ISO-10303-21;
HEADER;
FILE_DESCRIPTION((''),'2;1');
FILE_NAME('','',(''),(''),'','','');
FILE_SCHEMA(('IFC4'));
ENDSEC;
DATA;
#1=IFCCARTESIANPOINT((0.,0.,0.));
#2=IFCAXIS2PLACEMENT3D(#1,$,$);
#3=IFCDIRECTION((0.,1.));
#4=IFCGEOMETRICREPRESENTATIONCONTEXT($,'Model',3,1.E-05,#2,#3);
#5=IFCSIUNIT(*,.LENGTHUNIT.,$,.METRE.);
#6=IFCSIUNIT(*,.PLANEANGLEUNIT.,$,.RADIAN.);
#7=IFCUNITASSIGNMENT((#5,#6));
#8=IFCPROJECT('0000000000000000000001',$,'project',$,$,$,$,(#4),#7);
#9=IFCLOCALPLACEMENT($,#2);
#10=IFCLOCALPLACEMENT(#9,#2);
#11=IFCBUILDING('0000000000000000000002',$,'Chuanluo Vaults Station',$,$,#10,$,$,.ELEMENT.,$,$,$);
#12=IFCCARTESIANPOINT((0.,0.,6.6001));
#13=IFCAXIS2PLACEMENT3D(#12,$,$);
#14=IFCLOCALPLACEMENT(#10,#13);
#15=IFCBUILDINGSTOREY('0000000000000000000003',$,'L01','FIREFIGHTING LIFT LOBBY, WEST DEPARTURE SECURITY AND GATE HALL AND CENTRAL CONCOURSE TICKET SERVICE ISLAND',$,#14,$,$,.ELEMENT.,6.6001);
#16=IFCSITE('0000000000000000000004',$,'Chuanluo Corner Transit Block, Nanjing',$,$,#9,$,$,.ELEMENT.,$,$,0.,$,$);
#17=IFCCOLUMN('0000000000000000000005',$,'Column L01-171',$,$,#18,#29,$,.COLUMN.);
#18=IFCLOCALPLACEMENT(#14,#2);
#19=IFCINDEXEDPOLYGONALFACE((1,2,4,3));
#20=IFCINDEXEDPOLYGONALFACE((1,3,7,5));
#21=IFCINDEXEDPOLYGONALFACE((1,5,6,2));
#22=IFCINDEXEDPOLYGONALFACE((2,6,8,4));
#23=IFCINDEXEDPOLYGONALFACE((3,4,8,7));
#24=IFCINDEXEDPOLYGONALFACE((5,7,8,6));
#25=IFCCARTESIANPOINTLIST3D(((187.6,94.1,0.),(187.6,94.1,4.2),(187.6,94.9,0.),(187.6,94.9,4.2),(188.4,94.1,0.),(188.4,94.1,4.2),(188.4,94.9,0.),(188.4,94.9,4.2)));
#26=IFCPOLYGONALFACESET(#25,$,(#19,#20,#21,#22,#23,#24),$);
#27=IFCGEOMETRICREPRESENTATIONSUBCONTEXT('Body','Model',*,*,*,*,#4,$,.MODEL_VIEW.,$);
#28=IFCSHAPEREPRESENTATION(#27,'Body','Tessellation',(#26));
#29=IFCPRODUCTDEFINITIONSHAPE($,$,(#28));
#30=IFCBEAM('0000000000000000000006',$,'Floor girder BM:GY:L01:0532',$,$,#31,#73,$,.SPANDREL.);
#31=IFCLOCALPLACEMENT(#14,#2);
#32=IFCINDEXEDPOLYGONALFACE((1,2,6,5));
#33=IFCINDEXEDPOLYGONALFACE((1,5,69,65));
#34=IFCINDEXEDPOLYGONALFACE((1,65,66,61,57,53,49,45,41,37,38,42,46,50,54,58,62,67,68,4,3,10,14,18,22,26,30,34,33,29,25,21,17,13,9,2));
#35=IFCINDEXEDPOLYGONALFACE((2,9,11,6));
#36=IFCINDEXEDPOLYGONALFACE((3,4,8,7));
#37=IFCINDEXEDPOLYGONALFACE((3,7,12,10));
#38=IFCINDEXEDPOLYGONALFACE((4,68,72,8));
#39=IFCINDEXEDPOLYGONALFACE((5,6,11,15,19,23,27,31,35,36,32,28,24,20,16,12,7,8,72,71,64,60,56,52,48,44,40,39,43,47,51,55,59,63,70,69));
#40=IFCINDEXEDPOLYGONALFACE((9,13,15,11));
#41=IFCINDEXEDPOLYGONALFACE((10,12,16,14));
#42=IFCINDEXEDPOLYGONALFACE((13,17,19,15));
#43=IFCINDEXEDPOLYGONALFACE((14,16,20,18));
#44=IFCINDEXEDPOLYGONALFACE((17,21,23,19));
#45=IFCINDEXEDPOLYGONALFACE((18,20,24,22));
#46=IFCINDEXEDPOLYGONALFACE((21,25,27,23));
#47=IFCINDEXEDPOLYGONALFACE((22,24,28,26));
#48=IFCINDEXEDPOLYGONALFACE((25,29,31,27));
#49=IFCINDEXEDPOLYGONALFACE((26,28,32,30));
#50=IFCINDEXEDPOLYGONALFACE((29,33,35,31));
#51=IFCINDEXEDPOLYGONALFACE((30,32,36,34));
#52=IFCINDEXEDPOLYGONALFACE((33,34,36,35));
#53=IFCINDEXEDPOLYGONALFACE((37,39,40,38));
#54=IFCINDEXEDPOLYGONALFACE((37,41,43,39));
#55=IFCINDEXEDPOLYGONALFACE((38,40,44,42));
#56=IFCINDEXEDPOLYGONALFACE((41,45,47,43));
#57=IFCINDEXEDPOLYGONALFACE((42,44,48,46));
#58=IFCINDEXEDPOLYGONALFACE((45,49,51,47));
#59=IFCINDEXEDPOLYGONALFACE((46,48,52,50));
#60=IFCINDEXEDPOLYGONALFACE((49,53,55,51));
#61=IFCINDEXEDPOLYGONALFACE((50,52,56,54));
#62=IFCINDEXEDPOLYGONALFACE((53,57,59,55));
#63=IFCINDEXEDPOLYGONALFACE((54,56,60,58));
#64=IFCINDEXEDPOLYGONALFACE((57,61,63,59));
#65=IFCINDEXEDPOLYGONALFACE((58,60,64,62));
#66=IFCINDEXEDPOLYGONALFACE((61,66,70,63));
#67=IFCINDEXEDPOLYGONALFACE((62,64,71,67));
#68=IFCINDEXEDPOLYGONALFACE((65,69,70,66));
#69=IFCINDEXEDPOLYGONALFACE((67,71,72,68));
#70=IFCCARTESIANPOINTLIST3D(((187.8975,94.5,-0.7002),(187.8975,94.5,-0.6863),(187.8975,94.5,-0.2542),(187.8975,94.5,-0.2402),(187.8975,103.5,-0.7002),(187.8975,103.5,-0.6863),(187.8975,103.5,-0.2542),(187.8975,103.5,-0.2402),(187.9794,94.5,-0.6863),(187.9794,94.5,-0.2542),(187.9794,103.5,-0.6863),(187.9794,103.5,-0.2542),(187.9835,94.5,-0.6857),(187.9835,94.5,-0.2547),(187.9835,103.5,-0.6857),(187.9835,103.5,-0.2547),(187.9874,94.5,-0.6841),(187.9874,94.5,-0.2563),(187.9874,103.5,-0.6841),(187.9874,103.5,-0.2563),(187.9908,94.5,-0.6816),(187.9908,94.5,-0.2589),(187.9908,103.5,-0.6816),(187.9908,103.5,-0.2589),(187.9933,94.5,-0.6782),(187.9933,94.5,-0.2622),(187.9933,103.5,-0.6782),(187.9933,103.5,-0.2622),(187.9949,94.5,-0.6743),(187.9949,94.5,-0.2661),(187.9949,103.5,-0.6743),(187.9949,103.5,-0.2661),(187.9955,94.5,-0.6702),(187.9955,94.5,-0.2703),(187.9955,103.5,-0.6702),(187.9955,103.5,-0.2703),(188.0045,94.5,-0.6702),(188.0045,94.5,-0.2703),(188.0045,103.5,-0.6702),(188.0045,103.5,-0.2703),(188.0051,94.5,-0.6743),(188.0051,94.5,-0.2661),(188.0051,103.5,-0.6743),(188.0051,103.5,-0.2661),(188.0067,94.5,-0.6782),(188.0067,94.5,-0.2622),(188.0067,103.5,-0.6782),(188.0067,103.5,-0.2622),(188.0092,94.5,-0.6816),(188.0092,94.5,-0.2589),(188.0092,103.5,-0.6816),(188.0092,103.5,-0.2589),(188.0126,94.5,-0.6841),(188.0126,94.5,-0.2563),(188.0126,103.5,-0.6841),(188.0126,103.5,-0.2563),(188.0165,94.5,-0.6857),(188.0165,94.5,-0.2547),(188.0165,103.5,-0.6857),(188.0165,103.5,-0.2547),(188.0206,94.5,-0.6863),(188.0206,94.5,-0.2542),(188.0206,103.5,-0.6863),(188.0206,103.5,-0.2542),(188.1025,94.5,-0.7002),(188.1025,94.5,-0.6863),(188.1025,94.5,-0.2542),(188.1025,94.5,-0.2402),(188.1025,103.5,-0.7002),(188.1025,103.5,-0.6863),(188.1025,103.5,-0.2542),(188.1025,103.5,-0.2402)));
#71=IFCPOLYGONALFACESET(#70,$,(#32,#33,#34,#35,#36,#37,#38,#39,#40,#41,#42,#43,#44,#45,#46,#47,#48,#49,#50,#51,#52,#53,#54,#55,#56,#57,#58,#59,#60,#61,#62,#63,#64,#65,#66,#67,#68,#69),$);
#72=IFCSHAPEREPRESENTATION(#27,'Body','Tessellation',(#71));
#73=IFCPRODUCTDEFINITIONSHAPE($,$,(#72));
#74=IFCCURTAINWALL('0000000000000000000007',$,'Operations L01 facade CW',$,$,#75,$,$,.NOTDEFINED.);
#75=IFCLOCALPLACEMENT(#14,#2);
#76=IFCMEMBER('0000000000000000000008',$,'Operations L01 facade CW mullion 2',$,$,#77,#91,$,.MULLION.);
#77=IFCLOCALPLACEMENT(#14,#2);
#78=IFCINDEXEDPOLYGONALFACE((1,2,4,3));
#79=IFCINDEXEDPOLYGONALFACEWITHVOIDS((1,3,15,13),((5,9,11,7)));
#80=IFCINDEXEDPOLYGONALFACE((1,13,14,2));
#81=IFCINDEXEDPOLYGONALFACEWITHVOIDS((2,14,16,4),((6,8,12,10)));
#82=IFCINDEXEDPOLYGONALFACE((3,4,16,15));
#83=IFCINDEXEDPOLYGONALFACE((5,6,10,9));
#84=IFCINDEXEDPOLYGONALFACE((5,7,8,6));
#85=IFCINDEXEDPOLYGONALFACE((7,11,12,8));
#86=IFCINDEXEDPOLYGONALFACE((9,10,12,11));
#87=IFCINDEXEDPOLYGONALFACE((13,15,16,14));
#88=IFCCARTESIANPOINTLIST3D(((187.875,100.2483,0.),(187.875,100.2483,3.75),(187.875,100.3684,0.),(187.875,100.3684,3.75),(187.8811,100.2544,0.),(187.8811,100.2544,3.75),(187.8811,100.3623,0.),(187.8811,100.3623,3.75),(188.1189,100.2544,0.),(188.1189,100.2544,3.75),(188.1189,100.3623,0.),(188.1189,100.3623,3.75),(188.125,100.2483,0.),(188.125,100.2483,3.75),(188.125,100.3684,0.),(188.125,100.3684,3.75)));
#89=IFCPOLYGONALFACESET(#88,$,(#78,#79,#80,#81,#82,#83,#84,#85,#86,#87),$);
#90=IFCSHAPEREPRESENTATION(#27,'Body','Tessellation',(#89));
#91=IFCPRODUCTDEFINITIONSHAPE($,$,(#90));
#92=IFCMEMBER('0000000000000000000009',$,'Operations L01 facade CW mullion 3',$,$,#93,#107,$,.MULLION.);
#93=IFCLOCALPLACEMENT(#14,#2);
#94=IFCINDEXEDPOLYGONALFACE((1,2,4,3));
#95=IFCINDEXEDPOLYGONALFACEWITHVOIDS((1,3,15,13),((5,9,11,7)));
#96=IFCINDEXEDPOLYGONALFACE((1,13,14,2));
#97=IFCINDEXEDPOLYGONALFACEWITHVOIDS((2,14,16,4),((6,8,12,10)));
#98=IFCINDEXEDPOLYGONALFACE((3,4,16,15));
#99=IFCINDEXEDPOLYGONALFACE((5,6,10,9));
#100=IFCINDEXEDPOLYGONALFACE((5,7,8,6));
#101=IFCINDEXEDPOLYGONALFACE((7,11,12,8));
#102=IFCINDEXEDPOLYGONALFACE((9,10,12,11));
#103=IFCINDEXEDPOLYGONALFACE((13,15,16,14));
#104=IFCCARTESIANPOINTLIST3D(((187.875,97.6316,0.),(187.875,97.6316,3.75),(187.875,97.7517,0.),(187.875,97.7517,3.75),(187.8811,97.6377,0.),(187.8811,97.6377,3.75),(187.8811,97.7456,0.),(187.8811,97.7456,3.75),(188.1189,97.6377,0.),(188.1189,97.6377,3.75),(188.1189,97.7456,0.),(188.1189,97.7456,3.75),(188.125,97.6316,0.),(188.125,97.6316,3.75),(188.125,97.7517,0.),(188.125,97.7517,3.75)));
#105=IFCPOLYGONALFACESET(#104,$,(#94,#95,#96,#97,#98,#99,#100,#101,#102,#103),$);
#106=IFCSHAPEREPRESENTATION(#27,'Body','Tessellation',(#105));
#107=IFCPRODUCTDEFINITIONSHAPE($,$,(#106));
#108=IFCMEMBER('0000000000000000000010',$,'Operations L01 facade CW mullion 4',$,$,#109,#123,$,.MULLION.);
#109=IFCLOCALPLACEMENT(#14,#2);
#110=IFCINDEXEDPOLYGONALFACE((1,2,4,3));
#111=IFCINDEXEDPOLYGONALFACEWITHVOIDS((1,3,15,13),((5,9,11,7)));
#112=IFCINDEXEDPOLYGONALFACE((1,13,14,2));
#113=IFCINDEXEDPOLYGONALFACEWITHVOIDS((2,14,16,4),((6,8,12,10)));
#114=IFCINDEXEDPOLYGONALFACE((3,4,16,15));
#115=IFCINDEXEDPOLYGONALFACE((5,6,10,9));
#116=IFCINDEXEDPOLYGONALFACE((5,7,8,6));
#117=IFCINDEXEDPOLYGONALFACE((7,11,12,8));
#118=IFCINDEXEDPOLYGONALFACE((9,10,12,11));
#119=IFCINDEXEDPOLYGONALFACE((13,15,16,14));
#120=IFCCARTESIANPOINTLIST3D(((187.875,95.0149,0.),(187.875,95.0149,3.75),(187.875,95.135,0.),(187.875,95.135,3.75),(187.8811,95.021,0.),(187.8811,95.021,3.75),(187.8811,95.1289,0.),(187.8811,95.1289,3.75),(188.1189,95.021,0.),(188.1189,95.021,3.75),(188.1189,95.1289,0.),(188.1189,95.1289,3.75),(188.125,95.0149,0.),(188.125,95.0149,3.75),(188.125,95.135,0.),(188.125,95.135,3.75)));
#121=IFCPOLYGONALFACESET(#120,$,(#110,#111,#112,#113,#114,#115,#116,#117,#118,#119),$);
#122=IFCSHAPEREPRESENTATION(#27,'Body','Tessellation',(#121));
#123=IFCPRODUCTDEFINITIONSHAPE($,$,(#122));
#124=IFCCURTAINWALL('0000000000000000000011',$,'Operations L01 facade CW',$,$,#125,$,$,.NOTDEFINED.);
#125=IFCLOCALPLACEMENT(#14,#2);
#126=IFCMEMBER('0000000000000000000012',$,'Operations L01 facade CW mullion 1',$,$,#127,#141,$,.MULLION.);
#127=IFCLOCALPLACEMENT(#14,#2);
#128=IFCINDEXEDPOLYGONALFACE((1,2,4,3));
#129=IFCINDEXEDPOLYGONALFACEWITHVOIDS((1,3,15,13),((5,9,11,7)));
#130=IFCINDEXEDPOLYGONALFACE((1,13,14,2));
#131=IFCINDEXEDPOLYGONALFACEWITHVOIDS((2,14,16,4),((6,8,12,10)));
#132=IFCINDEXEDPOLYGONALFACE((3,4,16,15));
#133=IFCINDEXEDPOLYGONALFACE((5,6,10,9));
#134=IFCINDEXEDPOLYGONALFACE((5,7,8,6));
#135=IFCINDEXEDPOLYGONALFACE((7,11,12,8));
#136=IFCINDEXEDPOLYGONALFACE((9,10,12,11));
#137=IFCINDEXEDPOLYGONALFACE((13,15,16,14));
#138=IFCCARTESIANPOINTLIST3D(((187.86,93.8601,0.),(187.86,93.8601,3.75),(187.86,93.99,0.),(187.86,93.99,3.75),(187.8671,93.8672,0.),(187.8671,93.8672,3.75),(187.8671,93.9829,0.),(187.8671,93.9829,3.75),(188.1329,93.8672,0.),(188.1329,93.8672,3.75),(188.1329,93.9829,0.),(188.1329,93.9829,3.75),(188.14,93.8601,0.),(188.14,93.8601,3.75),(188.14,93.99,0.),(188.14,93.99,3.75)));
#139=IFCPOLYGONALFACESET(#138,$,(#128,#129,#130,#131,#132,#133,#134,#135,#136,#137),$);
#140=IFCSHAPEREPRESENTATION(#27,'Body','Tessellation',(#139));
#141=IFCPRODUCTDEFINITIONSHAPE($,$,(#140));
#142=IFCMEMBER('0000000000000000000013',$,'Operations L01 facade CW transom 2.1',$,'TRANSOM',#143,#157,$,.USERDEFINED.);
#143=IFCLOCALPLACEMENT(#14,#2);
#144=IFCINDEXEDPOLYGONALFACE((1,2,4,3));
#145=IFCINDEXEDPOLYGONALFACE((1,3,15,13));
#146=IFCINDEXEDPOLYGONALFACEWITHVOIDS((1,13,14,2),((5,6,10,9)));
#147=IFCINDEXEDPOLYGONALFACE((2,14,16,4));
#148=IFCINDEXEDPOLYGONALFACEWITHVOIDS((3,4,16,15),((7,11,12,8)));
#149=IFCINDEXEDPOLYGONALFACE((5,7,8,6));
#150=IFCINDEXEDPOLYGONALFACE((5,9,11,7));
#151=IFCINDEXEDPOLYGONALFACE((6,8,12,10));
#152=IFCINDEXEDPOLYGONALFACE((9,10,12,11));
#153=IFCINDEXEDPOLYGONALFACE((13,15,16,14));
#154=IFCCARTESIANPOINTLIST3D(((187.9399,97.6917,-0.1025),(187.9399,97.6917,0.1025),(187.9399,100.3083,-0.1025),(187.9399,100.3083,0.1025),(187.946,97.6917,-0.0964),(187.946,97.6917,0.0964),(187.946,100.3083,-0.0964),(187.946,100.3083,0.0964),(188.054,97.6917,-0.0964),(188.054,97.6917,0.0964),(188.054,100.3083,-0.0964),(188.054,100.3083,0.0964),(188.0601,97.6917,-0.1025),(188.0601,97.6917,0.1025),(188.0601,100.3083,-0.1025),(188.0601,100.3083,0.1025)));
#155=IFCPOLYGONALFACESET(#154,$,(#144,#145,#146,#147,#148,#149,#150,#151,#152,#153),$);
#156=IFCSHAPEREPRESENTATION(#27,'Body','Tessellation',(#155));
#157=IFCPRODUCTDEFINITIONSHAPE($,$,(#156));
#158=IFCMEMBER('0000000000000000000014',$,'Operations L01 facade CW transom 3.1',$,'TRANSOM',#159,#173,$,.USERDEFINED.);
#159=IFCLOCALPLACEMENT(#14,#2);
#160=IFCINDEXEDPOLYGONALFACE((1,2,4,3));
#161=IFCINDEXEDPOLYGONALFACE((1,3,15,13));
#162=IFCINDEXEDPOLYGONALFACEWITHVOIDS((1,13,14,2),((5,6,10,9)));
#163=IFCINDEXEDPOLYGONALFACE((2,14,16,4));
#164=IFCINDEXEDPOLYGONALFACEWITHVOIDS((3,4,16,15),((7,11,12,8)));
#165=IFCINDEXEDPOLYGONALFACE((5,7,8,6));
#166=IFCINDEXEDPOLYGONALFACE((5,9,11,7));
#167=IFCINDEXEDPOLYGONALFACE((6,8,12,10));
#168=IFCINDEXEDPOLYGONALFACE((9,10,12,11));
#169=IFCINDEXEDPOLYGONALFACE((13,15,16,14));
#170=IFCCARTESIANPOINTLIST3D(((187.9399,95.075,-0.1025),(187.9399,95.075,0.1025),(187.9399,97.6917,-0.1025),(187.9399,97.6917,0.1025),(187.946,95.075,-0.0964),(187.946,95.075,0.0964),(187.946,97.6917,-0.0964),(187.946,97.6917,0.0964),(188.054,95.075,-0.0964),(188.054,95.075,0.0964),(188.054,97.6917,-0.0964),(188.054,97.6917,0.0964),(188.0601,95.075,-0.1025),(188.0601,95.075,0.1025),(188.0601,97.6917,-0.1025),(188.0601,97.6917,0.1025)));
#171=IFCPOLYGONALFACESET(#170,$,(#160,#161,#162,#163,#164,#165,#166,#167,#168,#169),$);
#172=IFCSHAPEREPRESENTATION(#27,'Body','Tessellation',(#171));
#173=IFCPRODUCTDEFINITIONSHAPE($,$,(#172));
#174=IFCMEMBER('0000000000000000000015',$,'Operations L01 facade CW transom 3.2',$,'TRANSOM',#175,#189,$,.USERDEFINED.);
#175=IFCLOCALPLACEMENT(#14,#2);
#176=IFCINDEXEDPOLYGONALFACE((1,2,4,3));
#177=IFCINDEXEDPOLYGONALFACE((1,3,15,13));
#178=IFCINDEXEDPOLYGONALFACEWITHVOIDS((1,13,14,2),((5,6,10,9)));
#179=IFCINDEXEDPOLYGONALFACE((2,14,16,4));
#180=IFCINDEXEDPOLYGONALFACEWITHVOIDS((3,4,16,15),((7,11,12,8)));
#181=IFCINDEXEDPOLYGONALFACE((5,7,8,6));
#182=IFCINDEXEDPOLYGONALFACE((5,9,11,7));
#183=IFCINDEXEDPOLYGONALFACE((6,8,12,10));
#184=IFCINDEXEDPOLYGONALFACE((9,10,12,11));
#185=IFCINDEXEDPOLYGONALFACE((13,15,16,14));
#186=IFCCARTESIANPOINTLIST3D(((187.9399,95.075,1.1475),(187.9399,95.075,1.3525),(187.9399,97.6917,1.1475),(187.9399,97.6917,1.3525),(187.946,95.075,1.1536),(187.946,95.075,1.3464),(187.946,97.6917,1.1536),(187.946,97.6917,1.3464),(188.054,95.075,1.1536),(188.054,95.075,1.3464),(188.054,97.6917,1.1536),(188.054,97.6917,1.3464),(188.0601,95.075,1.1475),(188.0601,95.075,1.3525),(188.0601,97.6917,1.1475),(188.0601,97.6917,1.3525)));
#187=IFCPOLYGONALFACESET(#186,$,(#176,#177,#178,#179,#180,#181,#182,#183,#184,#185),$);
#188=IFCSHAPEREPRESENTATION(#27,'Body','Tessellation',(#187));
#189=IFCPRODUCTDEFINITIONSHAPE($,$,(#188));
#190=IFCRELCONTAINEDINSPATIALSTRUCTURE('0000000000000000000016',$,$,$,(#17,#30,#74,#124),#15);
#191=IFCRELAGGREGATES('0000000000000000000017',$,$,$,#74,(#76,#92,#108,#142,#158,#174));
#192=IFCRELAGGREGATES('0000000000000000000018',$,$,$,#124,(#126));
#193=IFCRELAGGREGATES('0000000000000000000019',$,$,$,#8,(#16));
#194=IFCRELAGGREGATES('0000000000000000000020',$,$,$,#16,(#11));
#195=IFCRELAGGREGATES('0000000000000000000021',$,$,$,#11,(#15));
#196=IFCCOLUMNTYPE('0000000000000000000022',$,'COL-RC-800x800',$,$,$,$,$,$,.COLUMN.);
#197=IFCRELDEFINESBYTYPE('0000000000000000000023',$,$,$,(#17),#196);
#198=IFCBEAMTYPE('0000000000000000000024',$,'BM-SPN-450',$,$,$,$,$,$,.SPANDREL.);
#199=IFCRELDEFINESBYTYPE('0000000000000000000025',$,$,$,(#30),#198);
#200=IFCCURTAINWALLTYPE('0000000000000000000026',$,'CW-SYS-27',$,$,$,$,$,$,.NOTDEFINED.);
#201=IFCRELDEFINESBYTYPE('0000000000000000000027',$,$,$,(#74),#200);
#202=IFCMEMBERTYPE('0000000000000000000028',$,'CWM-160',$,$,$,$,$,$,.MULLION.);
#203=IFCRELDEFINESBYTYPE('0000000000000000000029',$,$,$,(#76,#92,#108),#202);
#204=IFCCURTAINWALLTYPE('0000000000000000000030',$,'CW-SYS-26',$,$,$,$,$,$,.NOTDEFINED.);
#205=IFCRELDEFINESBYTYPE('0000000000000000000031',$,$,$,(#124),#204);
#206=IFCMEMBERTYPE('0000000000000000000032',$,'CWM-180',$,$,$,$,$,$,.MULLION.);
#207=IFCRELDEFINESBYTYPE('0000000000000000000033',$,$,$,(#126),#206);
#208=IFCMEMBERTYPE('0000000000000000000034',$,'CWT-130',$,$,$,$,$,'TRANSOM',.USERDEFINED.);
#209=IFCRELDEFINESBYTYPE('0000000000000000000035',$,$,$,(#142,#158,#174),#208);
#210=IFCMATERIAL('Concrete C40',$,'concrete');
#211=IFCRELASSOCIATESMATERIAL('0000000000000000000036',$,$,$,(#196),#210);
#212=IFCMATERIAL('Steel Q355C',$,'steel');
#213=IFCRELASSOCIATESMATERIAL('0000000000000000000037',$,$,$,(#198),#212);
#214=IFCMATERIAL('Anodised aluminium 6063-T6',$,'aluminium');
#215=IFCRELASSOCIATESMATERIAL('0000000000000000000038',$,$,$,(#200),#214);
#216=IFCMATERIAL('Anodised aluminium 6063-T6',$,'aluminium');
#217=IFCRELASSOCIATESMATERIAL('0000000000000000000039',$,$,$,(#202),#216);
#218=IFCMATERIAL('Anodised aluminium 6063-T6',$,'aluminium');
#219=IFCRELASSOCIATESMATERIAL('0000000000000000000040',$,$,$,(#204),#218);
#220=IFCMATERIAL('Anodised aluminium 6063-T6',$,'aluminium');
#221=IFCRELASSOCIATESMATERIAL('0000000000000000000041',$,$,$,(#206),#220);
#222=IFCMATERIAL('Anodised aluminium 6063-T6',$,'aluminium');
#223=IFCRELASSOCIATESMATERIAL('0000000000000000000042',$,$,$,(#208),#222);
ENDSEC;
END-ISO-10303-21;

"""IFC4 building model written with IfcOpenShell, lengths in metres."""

from ifc_helpers import new_model, si_unit, direction, frame, origin, origin_2d, place, context, subcontext, project, spatial, rectangle, hollow_rectangle, i_section, extrude, material, material_profile, profile_set, type_object, element, aggregate, save


model = new_model("IFC4")

# Units and contexts
model_context = context("Model", 3, precision=1e-05, world=origin(), true_north=direction((0.0, 1.0)))
body_context = subcontext(model_context, "Body", "Model", "MODEL_VIEW")
ifc_project = project(units=[si_unit("LENGTHUNIT", "METRE"), si_unit("PLANEANGLEUNIT", "RADIAN")], contexts=[model_context])

# Site, building, storey
site_placement = place(None, origin())
site = spatial("IfcSite", under=ifc_project, at=site_placement, Name="Chuanluo Corner Transit Block, Nanjing", CompositionType="ELEMENT", RefElevation=0.0)
building_placement = place(site_placement, origin())
building = spatial("IfcBuilding", under=site, at=building_placement, Name="Chuanluo Vaults Station", CompositionType="ELEMENT")
storey_placement = place(building_placement, frame((0.0, 0.0, 6.6001)))
storey = spatial("IfcBuildingStorey", under=building, at=storey_placement, Name="L01", Description="FIREFIGHTING LIFT LOBBY, WEST DEPARTURE SECURITY AND GATE HALL AND CENTRAL CONCOURSE TICKET SERVICE ISLAND", CompositionType="ELEMENT", Elevation=6.6001)

# Column
ifc_material_1 = material(Name="Concrete C40", Category="concrete")
ifc_material_profile_1 = material_profile(ifc_material_1, rectangle(XDim=0.8, YDim=0.8, at=origin_2d()))
ifc_profile_set_1 = profile_set([ifc_material_profile_1], Name="Concrete C40")
column_type = type_object("IfcColumnType", Name="COL-RC-800x800", PredefinedType="COLUMN", material=ifc_profile_set_1)
column_placement = place(storey_placement, frame((188.0, 94.5, 0.0), z_axis=(0.0, 0.0, 1.0), x_axis=(1.0, 0.0, 0.0)))
element("IfcColumn", 1, at=column_placement, inside=storey, type_object=column_type, Name="Column L01-171", PredefinedType="COLUMN", context=body_context, shape_type="SweptSolid", body=[
    extrude(rectangle(XDim=0.8, YDim=0.8, at=origin_2d()), origin(), (0.0, 0.0, 1.0), 4.2),
])

# Beam
ifc_material_2 = material(Name="Steel Q355C", Category="steel")
ifc_material_profile_2 = material_profile(ifc_material_2, i_section(OverallWidth=0.2051, OverallDepth=0.46, WebThickness=0.009, FlangeThickness=0.0139, FilletRadius=0.0161, at=origin_2d()))
ifc_profile_set_2 = profile_set([ifc_material_profile_2], Name="Steel Q355C")
beam_type = type_object("IfcBeamType", Name="BM-SPN-450", PredefinedType="SPANDREL", material=ifc_profile_set_2)
beam_placement = place(storey_placement, frame((188.0, 94.5, -0.4702), z_axis=(0.0, 1.0, 0.0), x_axis=(-1.0, 0.0, 0.0)))
element("IfcBeam", 2, at=beam_placement, inside=storey, type_object=beam_type, Name="Floor girder BM:GY:L01:0532", PredefinedType="SPANDREL", context=body_context, shape_type="SweptSolid", body=[
    extrude(i_section(OverallWidth=0.2051, OverallDepth=0.46, WebThickness=0.009, FlangeThickness=0.0139, FilletRadius=0.0161, at=origin_2d()), origin(), (0.0, 0.0, 1.0), 9.0),
])

# Curtain wall, members
ifc_material_3 = material(Name="Anodised aluminium 6063-T6", Category="aluminium")
curtain_wall_type_1 = type_object("IfcCurtainWallType", Name="CW-SYS-27", PredefinedType="NOTDEFINED", material=ifc_material_3)
curtain_wall_1_placement = place(storey_placement, origin())
curtain_wall_1 = element("IfcCurtainWall", 3, at=curtain_wall_1_placement, inside=storey, type_object=curtain_wall_type_1, Name="Operations L01 facade CW", PredefinedType="NOTDEFINED")
ifc_material_4 = material(Name="Anodised aluminium 6063-T6", Category="aluminium")
ifc_material_profile_3 = material_profile(ifc_material_4, hollow_rectangle(XDim=0.1201, YDim=0.25, WallThickness=0.0061, at=origin_2d()))
ifc_profile_set_3 = profile_set([ifc_material_profile_3], Name="Anodised aluminium 6063-T6")
member_type_1 = type_object("IfcMemberType", Name="CWM-160", PredefinedType="MULLION", material=ifc_profile_set_3)
member_1_placement = place(storey_placement, frame((188.0, 100.3083, 0.0), z_axis=(0.0, 0.0, 1.0), x_axis=(0.0, -1.0, 0.0)))
member_1 = element("IfcMember", 4, at=member_1_placement, type_object=member_type_1, Name="Operations L01 facade CW mullion 2", PredefinedType="MULLION", context=body_context, shape_type="SweptSolid", body=[
    extrude(hollow_rectangle(XDim=0.1201, YDim=0.25, WallThickness=0.0061, at=origin_2d()), origin(), (0.0, 0.0, 1.0), 3.75),
])
member_2_placement = place(storey_placement, frame((188.0, 97.6917, 0.0), z_axis=(0.0, 0.0, 1.0), x_axis=(0.0, -1.0, 0.0)))
member_2 = element("IfcMember", 5, at=member_2_placement, type_object=member_type_1, Name="Operations L01 facade CW mullion 3", PredefinedType="MULLION", context=body_context, shape_type="SweptSolid", body=[
    extrude(hollow_rectangle(XDim=0.1201, YDim=0.25, WallThickness=0.0061, at=origin_2d()), origin(), (0.0, 0.0, 1.0), 3.75),
])
member_3_placement = place(storey_placement, frame((188.0, 95.075, 0.0), z_axis=(0.0, 0.0, 1.0), x_axis=(0.0, -1.0, 0.0)))
member_3 = element("IfcMember", 6, at=member_3_placement, type_object=member_type_1, Name="Operations L01 facade CW mullion 4", PredefinedType="MULLION", context=body_context, shape_type="SweptSolid", body=[
    extrude(hollow_rectangle(XDim=0.1201, YDim=0.25, WallThickness=0.0061, at=origin_2d()), origin(), (0.0, 0.0, 1.0), 3.75),
])

# Curtain wall, member
ifc_material_5 = material(Name="Anodised aluminium 6063-T6", Category="aluminium")
curtain_wall_type_2 = type_object("IfcCurtainWallType", Name="CW-SYS-26", PredefinedType="NOTDEFINED", material=ifc_material_5)
curtain_wall_2_placement = place(storey_placement, origin())
curtain_wall_2 = element("IfcCurtainWall", 7, at=curtain_wall_2_placement, inside=storey, type_object=curtain_wall_type_2, Name="Operations L01 facade CW", PredefinedType="NOTDEFINED")
ifc_material_6 = material(Name="Anodised aluminium 6063-T6", Category="aluminium")
ifc_material_profile_4 = material_profile(ifc_material_6, hollow_rectangle(XDim=0.1299, YDim=0.28, WallThickness=0.0071, at=origin_2d()))
ifc_profile_set_4 = profile_set([ifc_material_profile_4], Name="Anodised aluminium 6063-T6")
member_type_2 = type_object("IfcMemberType", Name="CWM-180", PredefinedType="MULLION", material=ifc_profile_set_4)
member_4_placement = place(storey_placement, frame((188.0, 93.925, 0.0), z_axis=(0.0, 0.0, 1.0), x_axis=(0.0, -1.0, 0.0)))
member_4 = element("IfcMember", 8, at=member_4_placement, type_object=member_type_2, Name="Operations L01 facade CW mullion 1", PredefinedType="MULLION", context=body_context, shape_type="SweptSolid", body=[
    extrude(hollow_rectangle(XDim=0.1299, YDim=0.28, WallThickness=0.0071, at=origin_2d()), origin(), (0.0, 0.0, 1.0), 3.75),
])

# Members
ifc_material_7 = material(Name="Anodised aluminium 6063-T6", Category="aluminium")
ifc_material_profile_5 = material_profile(ifc_material_7, hollow_rectangle(XDim=0.1201, YDim=0.2051, WallThickness=0.0061, at=origin_2d()))
ifc_profile_set_5 = profile_set([ifc_material_profile_5], Name="Anodised aluminium 6063-T6")
member_type_3 = type_object("IfcMemberType", Name="CWT-130", ElementType="TRANSOM", PredefinedType="USERDEFINED", material=ifc_profile_set_5)
member_5_placement = place(storey_placement, frame((188.0, 100.3083, 0.0), z_axis=(0.0, -1.0, 0.0), x_axis=(1.0, 0.0, 0.0)))
member_5 = element("IfcMember", 9, at=member_5_placement, type_object=member_type_3, Name="Operations L01 facade CW transom 2.1", ObjectType="TRANSOM", PredefinedType="USERDEFINED", context=body_context, shape_type="SweptSolid", body=[
    extrude(hollow_rectangle(XDim=0.1201, YDim=0.2051, WallThickness=0.0061, at=origin_2d()), origin(), (0.0, 0.0, 1.0), 2.6167),
])
member_6_placement = place(storey_placement, frame((188.0, 97.6917, 0.0), z_axis=(0.0, -1.0, 0.0), x_axis=(1.0, 0.0, 0.0)))
member_6 = element("IfcMember", 10, at=member_6_placement, type_object=member_type_3, Name="Operations L01 facade CW transom 3.1", ObjectType="TRANSOM", PredefinedType="USERDEFINED", context=body_context, shape_type="SweptSolid", body=[
    extrude(hollow_rectangle(XDim=0.1201, YDim=0.2051, WallThickness=0.0061, at=origin_2d()), origin(), (0.0, 0.0, 1.0), 2.6167),
])
member_7_placement = place(storey_placement, frame((188.0, 97.6917, 1.25), z_axis=(0.0, -1.0, 0.0), x_axis=(1.0, 0.0, 0.0)))
member_7 = element("IfcMember", 11, at=member_7_placement, type_object=member_type_3, Name="Operations L01 facade CW transom 3.2", ObjectType="TRANSOM", PredefinedType="USERDEFINED", context=body_context, shape_type="SweptSolid", body=[
    extrude(hollow_rectangle(XDim=0.1201, YDim=0.2051, WallThickness=0.0061, at=origin_2d()), origin(), (0.0, 0.0, 1.0), 2.6167),
])

aggregate(curtain_wall_1, [member_1, member_2, member_3, member_5, member_6, member_7])
aggregate(curtain_wall_2, [member_4])

save(model, "model.ifc")
